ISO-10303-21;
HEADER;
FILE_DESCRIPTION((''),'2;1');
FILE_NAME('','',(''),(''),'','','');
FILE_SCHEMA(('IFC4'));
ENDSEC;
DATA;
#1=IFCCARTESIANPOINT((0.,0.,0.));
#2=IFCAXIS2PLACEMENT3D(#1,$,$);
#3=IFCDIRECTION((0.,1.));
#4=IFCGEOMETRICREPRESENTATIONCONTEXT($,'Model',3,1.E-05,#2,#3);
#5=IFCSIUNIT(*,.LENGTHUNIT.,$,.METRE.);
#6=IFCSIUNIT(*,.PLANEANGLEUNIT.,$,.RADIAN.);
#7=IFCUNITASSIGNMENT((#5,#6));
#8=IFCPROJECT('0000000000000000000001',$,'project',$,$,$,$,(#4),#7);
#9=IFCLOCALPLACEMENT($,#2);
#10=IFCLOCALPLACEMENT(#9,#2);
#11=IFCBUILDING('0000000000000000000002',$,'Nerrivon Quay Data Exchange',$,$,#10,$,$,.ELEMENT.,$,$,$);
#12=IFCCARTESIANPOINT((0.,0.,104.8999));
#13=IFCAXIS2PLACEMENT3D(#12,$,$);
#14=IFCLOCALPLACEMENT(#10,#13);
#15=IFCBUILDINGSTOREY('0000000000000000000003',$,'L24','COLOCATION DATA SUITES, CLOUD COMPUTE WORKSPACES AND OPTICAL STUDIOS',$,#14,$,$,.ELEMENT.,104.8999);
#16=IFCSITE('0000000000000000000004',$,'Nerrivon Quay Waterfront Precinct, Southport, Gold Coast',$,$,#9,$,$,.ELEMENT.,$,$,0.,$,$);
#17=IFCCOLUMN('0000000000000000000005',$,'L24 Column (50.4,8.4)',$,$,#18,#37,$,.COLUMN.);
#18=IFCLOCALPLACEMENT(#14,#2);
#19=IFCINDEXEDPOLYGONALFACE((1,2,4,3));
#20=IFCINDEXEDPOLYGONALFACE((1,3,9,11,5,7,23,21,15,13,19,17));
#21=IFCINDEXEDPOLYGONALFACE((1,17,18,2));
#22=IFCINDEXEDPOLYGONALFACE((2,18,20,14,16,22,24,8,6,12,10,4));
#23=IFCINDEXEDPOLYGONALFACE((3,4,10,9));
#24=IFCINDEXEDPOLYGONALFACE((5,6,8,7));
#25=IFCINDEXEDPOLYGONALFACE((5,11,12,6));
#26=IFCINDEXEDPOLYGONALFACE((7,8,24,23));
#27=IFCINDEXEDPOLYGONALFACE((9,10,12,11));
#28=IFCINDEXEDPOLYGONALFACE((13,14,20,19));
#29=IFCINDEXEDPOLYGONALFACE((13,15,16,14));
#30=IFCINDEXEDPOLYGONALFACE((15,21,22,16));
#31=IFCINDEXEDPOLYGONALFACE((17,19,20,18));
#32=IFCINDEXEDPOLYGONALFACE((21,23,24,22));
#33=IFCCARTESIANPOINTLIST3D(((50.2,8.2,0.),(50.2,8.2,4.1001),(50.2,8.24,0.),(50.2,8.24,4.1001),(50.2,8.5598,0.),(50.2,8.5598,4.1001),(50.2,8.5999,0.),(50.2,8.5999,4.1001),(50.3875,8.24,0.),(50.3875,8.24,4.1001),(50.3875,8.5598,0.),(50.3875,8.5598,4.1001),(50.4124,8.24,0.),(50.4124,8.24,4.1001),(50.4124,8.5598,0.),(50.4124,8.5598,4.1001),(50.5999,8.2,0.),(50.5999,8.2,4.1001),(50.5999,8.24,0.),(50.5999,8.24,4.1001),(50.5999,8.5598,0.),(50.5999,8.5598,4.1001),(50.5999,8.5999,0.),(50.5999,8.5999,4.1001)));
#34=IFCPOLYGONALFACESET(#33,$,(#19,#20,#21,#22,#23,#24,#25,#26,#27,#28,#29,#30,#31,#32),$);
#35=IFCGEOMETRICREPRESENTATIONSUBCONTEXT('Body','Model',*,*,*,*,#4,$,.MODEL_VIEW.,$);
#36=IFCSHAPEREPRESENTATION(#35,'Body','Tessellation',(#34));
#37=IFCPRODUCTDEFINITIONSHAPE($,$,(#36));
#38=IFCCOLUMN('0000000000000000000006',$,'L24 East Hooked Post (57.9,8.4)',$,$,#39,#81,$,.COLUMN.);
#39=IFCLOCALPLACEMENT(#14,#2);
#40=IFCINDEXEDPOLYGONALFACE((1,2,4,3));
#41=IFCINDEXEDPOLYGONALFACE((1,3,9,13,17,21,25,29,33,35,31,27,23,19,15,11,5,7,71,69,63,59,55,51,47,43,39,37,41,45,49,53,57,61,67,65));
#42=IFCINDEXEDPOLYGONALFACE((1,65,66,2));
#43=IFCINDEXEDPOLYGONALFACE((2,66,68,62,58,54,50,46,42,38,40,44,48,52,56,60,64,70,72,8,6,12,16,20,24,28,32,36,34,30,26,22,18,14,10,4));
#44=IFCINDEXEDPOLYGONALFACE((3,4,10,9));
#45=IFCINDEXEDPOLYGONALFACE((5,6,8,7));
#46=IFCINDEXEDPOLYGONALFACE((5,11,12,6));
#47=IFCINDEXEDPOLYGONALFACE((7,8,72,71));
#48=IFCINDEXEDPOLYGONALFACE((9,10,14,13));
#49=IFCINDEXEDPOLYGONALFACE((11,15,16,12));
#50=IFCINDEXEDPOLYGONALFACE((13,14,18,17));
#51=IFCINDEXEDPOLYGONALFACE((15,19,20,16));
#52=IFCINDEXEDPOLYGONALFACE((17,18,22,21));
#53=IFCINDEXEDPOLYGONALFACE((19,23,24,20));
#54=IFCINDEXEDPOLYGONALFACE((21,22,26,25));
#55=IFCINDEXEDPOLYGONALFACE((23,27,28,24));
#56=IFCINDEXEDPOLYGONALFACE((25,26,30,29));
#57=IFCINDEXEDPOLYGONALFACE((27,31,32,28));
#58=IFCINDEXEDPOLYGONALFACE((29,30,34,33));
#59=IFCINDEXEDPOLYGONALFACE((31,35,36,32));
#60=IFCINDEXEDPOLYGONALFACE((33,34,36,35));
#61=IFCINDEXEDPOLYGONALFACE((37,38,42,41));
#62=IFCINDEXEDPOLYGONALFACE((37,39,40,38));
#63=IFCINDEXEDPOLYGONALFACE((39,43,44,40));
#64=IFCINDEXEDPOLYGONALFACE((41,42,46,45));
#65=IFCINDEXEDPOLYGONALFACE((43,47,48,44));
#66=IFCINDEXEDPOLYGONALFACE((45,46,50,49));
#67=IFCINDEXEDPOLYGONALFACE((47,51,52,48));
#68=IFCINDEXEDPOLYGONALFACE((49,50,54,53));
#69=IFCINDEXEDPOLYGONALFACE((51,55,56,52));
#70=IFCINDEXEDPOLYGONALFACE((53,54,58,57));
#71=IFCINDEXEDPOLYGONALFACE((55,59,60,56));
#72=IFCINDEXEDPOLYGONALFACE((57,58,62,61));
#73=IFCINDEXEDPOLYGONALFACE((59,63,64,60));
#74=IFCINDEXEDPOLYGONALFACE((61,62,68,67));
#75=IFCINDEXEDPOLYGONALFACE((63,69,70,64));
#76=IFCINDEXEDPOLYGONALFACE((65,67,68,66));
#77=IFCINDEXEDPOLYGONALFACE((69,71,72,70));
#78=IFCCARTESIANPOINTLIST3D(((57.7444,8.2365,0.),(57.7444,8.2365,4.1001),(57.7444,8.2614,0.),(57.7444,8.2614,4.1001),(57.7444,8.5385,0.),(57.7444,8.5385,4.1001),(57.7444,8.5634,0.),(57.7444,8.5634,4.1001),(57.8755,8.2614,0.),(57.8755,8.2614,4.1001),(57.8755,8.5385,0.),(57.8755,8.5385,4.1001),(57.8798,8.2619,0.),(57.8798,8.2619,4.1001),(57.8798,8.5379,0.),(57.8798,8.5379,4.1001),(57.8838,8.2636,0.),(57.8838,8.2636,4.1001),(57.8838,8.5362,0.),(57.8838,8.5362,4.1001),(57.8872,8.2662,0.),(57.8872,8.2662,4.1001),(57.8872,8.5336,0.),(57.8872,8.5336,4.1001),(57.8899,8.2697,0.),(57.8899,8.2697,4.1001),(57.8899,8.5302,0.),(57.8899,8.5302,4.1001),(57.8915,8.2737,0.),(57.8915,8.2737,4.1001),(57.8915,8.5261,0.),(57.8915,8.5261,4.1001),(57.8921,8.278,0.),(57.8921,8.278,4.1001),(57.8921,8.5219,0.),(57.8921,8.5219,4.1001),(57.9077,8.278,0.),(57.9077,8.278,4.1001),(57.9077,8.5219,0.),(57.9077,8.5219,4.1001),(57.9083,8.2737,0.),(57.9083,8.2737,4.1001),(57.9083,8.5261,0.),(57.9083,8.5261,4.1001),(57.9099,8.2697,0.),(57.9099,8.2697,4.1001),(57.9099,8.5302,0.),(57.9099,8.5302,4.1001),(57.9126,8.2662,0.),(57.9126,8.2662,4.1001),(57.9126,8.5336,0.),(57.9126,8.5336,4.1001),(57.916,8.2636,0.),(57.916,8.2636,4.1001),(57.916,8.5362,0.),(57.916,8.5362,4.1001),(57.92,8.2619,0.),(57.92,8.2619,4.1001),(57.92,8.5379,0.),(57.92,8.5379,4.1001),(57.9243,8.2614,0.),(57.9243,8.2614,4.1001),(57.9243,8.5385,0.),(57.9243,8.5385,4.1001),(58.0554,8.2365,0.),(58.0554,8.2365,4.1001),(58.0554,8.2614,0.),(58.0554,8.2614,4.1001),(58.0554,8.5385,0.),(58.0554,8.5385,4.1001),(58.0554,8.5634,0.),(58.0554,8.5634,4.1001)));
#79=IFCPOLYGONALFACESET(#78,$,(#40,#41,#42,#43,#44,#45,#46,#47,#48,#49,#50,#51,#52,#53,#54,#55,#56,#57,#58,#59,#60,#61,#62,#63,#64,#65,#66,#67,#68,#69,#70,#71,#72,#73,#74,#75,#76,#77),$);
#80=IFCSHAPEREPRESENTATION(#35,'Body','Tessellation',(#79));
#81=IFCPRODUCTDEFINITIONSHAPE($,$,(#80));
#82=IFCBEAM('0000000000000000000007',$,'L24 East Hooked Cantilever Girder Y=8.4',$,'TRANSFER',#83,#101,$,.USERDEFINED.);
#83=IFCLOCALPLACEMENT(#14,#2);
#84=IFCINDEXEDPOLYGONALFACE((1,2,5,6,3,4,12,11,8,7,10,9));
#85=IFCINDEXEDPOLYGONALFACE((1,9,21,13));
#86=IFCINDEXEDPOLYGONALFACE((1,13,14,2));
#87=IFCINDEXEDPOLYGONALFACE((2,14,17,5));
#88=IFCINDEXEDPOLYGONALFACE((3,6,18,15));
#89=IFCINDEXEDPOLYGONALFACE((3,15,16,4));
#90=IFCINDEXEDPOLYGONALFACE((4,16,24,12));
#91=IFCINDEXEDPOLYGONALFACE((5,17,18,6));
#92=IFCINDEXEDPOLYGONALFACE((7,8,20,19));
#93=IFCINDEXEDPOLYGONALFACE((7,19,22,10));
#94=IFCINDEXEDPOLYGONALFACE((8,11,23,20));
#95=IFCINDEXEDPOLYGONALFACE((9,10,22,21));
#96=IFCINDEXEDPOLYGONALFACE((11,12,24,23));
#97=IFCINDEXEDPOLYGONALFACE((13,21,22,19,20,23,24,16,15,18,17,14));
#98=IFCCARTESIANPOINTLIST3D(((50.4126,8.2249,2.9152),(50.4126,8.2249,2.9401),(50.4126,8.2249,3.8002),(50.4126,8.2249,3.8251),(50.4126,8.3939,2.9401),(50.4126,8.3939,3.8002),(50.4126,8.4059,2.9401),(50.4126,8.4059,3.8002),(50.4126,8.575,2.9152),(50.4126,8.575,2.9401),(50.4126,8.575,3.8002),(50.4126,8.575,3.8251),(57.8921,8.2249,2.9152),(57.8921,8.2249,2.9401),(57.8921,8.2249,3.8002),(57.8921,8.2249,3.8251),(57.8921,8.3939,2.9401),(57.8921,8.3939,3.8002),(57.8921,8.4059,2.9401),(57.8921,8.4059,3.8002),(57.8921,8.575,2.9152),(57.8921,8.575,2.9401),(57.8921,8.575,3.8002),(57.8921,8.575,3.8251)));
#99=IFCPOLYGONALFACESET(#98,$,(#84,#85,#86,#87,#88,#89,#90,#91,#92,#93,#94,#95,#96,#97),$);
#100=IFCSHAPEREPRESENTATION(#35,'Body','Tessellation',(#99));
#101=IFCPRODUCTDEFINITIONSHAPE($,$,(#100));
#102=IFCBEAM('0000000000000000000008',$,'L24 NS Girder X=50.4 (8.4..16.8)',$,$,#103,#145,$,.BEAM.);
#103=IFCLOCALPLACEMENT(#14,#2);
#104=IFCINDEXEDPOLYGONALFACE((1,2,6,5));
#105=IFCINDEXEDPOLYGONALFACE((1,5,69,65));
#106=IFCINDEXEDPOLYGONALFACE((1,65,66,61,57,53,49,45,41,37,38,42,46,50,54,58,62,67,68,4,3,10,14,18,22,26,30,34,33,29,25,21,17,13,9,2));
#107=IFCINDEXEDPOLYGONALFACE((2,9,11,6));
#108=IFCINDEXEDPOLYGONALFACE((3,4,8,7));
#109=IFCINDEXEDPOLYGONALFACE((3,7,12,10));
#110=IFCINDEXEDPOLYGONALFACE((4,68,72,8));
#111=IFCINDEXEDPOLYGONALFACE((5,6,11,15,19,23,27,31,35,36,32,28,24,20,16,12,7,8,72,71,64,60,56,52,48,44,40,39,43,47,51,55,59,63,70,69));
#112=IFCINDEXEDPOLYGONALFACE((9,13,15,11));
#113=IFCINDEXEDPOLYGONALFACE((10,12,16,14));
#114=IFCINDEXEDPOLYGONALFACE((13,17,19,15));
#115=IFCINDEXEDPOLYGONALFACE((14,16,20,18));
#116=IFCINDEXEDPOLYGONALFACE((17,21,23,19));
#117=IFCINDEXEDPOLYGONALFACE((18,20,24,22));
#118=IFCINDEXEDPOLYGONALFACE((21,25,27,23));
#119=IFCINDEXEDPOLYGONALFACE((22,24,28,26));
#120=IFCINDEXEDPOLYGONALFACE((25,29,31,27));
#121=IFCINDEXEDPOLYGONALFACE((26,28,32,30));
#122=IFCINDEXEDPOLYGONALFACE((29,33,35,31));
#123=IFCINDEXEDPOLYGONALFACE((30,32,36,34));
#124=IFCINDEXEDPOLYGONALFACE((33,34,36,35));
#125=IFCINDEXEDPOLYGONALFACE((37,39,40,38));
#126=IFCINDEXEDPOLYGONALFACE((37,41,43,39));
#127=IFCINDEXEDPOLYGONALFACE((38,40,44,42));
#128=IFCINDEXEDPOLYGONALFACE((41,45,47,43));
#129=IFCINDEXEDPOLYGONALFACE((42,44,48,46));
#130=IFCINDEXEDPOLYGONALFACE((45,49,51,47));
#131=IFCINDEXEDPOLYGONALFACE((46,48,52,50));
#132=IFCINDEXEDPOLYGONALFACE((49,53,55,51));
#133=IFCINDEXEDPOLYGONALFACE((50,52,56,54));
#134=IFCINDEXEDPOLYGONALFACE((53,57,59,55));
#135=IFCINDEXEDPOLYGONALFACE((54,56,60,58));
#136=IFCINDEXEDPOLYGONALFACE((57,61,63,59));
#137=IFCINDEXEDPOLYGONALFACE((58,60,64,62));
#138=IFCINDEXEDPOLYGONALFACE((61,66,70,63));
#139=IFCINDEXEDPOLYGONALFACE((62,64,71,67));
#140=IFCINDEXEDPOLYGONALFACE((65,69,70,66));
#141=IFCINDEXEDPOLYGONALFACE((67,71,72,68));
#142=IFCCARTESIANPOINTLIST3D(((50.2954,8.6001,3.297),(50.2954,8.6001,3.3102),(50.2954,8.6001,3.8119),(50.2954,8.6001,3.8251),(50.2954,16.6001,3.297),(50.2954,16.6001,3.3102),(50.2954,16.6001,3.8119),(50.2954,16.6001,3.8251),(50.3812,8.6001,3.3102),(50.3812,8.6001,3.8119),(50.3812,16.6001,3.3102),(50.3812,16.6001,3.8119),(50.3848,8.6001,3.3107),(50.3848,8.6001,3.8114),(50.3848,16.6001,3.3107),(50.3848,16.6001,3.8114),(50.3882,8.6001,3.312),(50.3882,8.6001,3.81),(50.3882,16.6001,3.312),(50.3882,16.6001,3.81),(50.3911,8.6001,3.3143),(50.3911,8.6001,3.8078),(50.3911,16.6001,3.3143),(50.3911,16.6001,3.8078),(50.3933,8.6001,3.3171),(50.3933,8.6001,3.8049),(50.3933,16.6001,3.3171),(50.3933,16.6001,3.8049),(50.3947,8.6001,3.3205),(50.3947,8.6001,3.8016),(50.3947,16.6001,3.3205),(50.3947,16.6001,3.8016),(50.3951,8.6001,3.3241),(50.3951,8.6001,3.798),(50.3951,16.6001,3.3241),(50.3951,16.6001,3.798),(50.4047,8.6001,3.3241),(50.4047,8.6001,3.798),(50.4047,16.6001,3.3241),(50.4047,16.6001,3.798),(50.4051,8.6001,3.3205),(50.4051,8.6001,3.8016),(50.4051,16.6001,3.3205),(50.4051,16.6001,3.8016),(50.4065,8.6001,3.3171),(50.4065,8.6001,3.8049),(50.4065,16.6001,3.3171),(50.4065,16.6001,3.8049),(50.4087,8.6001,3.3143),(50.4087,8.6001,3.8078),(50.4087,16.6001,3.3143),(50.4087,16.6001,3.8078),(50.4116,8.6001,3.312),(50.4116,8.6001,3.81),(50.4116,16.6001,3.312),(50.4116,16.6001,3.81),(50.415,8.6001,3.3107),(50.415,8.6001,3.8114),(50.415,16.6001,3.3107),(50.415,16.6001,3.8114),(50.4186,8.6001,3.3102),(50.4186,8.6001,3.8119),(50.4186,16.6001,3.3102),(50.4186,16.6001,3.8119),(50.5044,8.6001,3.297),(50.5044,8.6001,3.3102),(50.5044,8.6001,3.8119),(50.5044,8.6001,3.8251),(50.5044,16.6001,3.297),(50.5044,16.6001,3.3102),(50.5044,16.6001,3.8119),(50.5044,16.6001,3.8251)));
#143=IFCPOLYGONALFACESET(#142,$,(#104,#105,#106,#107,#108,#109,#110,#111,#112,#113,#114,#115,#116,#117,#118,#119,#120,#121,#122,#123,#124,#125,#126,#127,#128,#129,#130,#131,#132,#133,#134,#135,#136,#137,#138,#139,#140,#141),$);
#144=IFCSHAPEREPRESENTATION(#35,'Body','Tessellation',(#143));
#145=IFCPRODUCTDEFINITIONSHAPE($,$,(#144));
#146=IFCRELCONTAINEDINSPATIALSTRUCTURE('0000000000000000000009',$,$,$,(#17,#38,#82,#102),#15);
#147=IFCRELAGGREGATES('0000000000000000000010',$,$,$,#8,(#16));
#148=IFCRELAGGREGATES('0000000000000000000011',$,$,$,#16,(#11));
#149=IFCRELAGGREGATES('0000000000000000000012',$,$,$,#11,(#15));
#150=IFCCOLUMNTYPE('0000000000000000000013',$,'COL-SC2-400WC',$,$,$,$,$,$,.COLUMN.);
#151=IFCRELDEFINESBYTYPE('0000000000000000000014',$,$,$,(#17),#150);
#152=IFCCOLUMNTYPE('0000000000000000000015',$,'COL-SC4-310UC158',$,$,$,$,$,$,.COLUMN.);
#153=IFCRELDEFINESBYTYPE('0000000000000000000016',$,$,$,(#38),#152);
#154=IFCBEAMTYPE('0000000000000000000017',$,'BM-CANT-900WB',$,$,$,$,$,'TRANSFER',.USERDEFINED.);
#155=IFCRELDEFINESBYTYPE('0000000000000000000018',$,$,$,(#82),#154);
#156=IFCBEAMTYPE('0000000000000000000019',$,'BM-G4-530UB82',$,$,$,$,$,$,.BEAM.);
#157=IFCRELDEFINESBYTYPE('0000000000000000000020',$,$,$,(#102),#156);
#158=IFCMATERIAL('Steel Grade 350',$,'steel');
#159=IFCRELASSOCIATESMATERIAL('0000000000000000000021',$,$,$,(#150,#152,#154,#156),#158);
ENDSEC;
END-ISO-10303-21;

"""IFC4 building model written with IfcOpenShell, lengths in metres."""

from ifc_helpers import new_model, si_unit, direction, frame, origin, origin_2d, place, context, subcontext, project, spatial, i_section, extrude, material, material_profile, profile_set, type_object, element, save


model = new_model("IFC4")

# Units and contexts
model_context = context("Model", 3, precision=1e-05, world=origin(), true_north=direction((0.0, 1.0)))
body_context = subcontext(model_context, "Body", "Model", "MODEL_VIEW")
ifc_project = project(units=[si_unit("LENGTHUNIT", "METRE"), si_unit("PLANEANGLEUNIT", "RADIAN")], contexts=[model_context])

# Site, building, storey
site_placement = place(None, origin())
site = spatial("IfcSite", under=ifc_project, at=site_placement, Name="Nerrivon Quay Waterfront Precinct, Southport, Gold Coast", CompositionType="ELEMENT", RefElevation=0.0)
building_placement = place(site_placement, origin())
building = spatial("IfcBuilding", under=site, at=building_placement, Name="Nerrivon Quay Data Exchange", CompositionType="ELEMENT")
storey_placement = place(building_placement, frame((0.0, 0.0, 104.8999)))
storey = spatial("IfcBuildingStorey", under=building, at=storey_placement, Name="L24", Description="COLOCATION DATA SUITES, CLOUD COMPUTE WORKSPACES AND OPTICAL STUDIOS", CompositionType="ELEMENT", Elevation=104.8999)

# Columns
ifc_material_1 = material(Name="Steel Grade 350", Category="steel")
ifc_material_profile_1 = material_profile(ifc_material_1, i_section(OverallWidth=0.3999, OverallDepth=0.3999, WebThickness=0.0249, FlangeThickness=0.04, at=origin_2d()), Name="400WC328")
ifc_profile_set_1 = profile_set([ifc_material_profile_1], Name="Steel Grade 350")
column_type_1 = type_object("IfcColumnType", Name="COL-SC2-400WC", PredefinedType="COLUMN", material=ifc_profile_set_1)
column_1_placement = place(storey_placement, frame((50.3999, 8.3999, 0.0), z_axis=(0.0, 0.0, 1.0), x_axis=(1.0, 0.0, 0.0)))
element("IfcColumn", 1, at=column_1_placement, inside=storey, type_object=column_type_1, Name="L24 Column (50.4,8.4)", PredefinedType="COLUMN", context=body_context, shape_type="SweptSolid", body=[
    extrude(i_section(OverallWidth=0.3999, OverallDepth=0.3999, WebThickness=0.0249, FlangeThickness=0.04, at=origin_2d()), origin(), (0.0, 0.0, 1.0), 4.1001),
])
ifc_material_profile_2 = material_profile(ifc_material_1, i_section(OverallWidth=0.311, OverallDepth=0.3269, WebThickness=0.0156, FlangeThickness=0.0249, FilletRadius=0.0166, at=origin_2d()), Name="310UC158")
ifc_profile_set_2 = profile_set([ifc_material_profile_2], Name="Steel Grade 350")
column_type_2 = type_object("IfcColumnType", Name="COL-SC4-310UC158", PredefinedType="COLUMN", material=ifc_profile_set_2)
column_2_placement = place(storey_placement, frame((57.8999, 8.3999, 0.0), z_axis=(0.0, 0.0, 1.0), x_axis=(1.0, 0.0, 0.0)))
element("IfcColumn", 2, at=column_2_placement, inside=storey, type_object=column_type_2, Name="L24 East Hooked Post (57.9,8.4)", PredefinedType="COLUMN", context=body_context, shape_type="SweptSolid", body=[
    extrude(i_section(OverallWidth=0.311, OverallDepth=0.3269, WebThickness=0.0156, FlangeThickness=0.0249, FilletRadius=0.0166, at=origin_2d()), origin(), (0.0, 0.0, 1.0), 4.1001),
])

# Beams
ifc_material_profile_3 = material_profile(ifc_material_1, i_section(OverallWidth=0.3501, OverallDepth=0.9099, WebThickness=0.012, FlangeThickness=0.0249, at=origin_2d()), Name="900WB218")
ifc_profile_set_3 = profile_set([ifc_material_profile_3], Name="Steel Grade 350")
beam_type_1 = type_object("IfcBeamType", Name="BM-CANT-900WB", ElementType="TRANSFER", PredefinedType="USERDEFINED", material=ifc_profile_set_3)
beam_1_placement = place(storey_placement, frame((50.4126, 8.3999, 3.3701), z_axis=(1.0, 0.0, 0.0), x_axis=(0.0, 1.0, 0.0)))
element("IfcBeam", 3, at=beam_1_placement, inside=storey, type_object=beam_type_1, Name="L24 East Hooked Cantilever Girder Y=8.4", ObjectType="TRANSFER", PredefinedType="USERDEFINED", context=body_context, shape_type="SweptSolid", body=[
    extrude(i_section(OverallWidth=0.3501, OverallDepth=0.9099, WebThickness=0.012, FlangeThickness=0.0249, at=origin_2d()), origin(), (0.0, 0.0, 1.0), 7.4795),
])
ifc_material_profile_4 = material_profile(ifc_material_1, i_section(OverallWidth=0.209, OverallDepth=0.5281, WebThickness=0.0095, FlangeThickness=0.0132, FilletRadius=0.0139, at=origin_2d()), Name="530UB82.0")
ifc_profile_set_4 = profile_set([ifc_material_profile_4], Name="Steel Grade 350")
beam_type_2 = type_object("IfcBeamType", Name="BM-G4-530UB82", PredefinedType="BEAM", material=ifc_profile_set_4)
beam_2_placement = place(storey_placement, frame((50.3999, 8.6001, 3.561), z_axis=(0.0, 1.0, 0.0), x_axis=(-1.0, 0.0, 0.0)))
element("IfcBeam", 4, at=beam_2_placement, inside=storey, type_object=beam_type_2, Name="L24 NS Girder X=50.4 (8.4..16.8)", PredefinedType="BEAM", context=body_context, shape_type="SweptSolid", body=[
    extrude(i_section(OverallWidth=0.209, OverallDepth=0.5281, WebThickness=0.0095, FlangeThickness=0.0132, FilletRadius=0.0139, at=origin_2d()), origin(), (0.0, 0.0, 1.0), 8.0),
])

save(model, "model.ifc")
